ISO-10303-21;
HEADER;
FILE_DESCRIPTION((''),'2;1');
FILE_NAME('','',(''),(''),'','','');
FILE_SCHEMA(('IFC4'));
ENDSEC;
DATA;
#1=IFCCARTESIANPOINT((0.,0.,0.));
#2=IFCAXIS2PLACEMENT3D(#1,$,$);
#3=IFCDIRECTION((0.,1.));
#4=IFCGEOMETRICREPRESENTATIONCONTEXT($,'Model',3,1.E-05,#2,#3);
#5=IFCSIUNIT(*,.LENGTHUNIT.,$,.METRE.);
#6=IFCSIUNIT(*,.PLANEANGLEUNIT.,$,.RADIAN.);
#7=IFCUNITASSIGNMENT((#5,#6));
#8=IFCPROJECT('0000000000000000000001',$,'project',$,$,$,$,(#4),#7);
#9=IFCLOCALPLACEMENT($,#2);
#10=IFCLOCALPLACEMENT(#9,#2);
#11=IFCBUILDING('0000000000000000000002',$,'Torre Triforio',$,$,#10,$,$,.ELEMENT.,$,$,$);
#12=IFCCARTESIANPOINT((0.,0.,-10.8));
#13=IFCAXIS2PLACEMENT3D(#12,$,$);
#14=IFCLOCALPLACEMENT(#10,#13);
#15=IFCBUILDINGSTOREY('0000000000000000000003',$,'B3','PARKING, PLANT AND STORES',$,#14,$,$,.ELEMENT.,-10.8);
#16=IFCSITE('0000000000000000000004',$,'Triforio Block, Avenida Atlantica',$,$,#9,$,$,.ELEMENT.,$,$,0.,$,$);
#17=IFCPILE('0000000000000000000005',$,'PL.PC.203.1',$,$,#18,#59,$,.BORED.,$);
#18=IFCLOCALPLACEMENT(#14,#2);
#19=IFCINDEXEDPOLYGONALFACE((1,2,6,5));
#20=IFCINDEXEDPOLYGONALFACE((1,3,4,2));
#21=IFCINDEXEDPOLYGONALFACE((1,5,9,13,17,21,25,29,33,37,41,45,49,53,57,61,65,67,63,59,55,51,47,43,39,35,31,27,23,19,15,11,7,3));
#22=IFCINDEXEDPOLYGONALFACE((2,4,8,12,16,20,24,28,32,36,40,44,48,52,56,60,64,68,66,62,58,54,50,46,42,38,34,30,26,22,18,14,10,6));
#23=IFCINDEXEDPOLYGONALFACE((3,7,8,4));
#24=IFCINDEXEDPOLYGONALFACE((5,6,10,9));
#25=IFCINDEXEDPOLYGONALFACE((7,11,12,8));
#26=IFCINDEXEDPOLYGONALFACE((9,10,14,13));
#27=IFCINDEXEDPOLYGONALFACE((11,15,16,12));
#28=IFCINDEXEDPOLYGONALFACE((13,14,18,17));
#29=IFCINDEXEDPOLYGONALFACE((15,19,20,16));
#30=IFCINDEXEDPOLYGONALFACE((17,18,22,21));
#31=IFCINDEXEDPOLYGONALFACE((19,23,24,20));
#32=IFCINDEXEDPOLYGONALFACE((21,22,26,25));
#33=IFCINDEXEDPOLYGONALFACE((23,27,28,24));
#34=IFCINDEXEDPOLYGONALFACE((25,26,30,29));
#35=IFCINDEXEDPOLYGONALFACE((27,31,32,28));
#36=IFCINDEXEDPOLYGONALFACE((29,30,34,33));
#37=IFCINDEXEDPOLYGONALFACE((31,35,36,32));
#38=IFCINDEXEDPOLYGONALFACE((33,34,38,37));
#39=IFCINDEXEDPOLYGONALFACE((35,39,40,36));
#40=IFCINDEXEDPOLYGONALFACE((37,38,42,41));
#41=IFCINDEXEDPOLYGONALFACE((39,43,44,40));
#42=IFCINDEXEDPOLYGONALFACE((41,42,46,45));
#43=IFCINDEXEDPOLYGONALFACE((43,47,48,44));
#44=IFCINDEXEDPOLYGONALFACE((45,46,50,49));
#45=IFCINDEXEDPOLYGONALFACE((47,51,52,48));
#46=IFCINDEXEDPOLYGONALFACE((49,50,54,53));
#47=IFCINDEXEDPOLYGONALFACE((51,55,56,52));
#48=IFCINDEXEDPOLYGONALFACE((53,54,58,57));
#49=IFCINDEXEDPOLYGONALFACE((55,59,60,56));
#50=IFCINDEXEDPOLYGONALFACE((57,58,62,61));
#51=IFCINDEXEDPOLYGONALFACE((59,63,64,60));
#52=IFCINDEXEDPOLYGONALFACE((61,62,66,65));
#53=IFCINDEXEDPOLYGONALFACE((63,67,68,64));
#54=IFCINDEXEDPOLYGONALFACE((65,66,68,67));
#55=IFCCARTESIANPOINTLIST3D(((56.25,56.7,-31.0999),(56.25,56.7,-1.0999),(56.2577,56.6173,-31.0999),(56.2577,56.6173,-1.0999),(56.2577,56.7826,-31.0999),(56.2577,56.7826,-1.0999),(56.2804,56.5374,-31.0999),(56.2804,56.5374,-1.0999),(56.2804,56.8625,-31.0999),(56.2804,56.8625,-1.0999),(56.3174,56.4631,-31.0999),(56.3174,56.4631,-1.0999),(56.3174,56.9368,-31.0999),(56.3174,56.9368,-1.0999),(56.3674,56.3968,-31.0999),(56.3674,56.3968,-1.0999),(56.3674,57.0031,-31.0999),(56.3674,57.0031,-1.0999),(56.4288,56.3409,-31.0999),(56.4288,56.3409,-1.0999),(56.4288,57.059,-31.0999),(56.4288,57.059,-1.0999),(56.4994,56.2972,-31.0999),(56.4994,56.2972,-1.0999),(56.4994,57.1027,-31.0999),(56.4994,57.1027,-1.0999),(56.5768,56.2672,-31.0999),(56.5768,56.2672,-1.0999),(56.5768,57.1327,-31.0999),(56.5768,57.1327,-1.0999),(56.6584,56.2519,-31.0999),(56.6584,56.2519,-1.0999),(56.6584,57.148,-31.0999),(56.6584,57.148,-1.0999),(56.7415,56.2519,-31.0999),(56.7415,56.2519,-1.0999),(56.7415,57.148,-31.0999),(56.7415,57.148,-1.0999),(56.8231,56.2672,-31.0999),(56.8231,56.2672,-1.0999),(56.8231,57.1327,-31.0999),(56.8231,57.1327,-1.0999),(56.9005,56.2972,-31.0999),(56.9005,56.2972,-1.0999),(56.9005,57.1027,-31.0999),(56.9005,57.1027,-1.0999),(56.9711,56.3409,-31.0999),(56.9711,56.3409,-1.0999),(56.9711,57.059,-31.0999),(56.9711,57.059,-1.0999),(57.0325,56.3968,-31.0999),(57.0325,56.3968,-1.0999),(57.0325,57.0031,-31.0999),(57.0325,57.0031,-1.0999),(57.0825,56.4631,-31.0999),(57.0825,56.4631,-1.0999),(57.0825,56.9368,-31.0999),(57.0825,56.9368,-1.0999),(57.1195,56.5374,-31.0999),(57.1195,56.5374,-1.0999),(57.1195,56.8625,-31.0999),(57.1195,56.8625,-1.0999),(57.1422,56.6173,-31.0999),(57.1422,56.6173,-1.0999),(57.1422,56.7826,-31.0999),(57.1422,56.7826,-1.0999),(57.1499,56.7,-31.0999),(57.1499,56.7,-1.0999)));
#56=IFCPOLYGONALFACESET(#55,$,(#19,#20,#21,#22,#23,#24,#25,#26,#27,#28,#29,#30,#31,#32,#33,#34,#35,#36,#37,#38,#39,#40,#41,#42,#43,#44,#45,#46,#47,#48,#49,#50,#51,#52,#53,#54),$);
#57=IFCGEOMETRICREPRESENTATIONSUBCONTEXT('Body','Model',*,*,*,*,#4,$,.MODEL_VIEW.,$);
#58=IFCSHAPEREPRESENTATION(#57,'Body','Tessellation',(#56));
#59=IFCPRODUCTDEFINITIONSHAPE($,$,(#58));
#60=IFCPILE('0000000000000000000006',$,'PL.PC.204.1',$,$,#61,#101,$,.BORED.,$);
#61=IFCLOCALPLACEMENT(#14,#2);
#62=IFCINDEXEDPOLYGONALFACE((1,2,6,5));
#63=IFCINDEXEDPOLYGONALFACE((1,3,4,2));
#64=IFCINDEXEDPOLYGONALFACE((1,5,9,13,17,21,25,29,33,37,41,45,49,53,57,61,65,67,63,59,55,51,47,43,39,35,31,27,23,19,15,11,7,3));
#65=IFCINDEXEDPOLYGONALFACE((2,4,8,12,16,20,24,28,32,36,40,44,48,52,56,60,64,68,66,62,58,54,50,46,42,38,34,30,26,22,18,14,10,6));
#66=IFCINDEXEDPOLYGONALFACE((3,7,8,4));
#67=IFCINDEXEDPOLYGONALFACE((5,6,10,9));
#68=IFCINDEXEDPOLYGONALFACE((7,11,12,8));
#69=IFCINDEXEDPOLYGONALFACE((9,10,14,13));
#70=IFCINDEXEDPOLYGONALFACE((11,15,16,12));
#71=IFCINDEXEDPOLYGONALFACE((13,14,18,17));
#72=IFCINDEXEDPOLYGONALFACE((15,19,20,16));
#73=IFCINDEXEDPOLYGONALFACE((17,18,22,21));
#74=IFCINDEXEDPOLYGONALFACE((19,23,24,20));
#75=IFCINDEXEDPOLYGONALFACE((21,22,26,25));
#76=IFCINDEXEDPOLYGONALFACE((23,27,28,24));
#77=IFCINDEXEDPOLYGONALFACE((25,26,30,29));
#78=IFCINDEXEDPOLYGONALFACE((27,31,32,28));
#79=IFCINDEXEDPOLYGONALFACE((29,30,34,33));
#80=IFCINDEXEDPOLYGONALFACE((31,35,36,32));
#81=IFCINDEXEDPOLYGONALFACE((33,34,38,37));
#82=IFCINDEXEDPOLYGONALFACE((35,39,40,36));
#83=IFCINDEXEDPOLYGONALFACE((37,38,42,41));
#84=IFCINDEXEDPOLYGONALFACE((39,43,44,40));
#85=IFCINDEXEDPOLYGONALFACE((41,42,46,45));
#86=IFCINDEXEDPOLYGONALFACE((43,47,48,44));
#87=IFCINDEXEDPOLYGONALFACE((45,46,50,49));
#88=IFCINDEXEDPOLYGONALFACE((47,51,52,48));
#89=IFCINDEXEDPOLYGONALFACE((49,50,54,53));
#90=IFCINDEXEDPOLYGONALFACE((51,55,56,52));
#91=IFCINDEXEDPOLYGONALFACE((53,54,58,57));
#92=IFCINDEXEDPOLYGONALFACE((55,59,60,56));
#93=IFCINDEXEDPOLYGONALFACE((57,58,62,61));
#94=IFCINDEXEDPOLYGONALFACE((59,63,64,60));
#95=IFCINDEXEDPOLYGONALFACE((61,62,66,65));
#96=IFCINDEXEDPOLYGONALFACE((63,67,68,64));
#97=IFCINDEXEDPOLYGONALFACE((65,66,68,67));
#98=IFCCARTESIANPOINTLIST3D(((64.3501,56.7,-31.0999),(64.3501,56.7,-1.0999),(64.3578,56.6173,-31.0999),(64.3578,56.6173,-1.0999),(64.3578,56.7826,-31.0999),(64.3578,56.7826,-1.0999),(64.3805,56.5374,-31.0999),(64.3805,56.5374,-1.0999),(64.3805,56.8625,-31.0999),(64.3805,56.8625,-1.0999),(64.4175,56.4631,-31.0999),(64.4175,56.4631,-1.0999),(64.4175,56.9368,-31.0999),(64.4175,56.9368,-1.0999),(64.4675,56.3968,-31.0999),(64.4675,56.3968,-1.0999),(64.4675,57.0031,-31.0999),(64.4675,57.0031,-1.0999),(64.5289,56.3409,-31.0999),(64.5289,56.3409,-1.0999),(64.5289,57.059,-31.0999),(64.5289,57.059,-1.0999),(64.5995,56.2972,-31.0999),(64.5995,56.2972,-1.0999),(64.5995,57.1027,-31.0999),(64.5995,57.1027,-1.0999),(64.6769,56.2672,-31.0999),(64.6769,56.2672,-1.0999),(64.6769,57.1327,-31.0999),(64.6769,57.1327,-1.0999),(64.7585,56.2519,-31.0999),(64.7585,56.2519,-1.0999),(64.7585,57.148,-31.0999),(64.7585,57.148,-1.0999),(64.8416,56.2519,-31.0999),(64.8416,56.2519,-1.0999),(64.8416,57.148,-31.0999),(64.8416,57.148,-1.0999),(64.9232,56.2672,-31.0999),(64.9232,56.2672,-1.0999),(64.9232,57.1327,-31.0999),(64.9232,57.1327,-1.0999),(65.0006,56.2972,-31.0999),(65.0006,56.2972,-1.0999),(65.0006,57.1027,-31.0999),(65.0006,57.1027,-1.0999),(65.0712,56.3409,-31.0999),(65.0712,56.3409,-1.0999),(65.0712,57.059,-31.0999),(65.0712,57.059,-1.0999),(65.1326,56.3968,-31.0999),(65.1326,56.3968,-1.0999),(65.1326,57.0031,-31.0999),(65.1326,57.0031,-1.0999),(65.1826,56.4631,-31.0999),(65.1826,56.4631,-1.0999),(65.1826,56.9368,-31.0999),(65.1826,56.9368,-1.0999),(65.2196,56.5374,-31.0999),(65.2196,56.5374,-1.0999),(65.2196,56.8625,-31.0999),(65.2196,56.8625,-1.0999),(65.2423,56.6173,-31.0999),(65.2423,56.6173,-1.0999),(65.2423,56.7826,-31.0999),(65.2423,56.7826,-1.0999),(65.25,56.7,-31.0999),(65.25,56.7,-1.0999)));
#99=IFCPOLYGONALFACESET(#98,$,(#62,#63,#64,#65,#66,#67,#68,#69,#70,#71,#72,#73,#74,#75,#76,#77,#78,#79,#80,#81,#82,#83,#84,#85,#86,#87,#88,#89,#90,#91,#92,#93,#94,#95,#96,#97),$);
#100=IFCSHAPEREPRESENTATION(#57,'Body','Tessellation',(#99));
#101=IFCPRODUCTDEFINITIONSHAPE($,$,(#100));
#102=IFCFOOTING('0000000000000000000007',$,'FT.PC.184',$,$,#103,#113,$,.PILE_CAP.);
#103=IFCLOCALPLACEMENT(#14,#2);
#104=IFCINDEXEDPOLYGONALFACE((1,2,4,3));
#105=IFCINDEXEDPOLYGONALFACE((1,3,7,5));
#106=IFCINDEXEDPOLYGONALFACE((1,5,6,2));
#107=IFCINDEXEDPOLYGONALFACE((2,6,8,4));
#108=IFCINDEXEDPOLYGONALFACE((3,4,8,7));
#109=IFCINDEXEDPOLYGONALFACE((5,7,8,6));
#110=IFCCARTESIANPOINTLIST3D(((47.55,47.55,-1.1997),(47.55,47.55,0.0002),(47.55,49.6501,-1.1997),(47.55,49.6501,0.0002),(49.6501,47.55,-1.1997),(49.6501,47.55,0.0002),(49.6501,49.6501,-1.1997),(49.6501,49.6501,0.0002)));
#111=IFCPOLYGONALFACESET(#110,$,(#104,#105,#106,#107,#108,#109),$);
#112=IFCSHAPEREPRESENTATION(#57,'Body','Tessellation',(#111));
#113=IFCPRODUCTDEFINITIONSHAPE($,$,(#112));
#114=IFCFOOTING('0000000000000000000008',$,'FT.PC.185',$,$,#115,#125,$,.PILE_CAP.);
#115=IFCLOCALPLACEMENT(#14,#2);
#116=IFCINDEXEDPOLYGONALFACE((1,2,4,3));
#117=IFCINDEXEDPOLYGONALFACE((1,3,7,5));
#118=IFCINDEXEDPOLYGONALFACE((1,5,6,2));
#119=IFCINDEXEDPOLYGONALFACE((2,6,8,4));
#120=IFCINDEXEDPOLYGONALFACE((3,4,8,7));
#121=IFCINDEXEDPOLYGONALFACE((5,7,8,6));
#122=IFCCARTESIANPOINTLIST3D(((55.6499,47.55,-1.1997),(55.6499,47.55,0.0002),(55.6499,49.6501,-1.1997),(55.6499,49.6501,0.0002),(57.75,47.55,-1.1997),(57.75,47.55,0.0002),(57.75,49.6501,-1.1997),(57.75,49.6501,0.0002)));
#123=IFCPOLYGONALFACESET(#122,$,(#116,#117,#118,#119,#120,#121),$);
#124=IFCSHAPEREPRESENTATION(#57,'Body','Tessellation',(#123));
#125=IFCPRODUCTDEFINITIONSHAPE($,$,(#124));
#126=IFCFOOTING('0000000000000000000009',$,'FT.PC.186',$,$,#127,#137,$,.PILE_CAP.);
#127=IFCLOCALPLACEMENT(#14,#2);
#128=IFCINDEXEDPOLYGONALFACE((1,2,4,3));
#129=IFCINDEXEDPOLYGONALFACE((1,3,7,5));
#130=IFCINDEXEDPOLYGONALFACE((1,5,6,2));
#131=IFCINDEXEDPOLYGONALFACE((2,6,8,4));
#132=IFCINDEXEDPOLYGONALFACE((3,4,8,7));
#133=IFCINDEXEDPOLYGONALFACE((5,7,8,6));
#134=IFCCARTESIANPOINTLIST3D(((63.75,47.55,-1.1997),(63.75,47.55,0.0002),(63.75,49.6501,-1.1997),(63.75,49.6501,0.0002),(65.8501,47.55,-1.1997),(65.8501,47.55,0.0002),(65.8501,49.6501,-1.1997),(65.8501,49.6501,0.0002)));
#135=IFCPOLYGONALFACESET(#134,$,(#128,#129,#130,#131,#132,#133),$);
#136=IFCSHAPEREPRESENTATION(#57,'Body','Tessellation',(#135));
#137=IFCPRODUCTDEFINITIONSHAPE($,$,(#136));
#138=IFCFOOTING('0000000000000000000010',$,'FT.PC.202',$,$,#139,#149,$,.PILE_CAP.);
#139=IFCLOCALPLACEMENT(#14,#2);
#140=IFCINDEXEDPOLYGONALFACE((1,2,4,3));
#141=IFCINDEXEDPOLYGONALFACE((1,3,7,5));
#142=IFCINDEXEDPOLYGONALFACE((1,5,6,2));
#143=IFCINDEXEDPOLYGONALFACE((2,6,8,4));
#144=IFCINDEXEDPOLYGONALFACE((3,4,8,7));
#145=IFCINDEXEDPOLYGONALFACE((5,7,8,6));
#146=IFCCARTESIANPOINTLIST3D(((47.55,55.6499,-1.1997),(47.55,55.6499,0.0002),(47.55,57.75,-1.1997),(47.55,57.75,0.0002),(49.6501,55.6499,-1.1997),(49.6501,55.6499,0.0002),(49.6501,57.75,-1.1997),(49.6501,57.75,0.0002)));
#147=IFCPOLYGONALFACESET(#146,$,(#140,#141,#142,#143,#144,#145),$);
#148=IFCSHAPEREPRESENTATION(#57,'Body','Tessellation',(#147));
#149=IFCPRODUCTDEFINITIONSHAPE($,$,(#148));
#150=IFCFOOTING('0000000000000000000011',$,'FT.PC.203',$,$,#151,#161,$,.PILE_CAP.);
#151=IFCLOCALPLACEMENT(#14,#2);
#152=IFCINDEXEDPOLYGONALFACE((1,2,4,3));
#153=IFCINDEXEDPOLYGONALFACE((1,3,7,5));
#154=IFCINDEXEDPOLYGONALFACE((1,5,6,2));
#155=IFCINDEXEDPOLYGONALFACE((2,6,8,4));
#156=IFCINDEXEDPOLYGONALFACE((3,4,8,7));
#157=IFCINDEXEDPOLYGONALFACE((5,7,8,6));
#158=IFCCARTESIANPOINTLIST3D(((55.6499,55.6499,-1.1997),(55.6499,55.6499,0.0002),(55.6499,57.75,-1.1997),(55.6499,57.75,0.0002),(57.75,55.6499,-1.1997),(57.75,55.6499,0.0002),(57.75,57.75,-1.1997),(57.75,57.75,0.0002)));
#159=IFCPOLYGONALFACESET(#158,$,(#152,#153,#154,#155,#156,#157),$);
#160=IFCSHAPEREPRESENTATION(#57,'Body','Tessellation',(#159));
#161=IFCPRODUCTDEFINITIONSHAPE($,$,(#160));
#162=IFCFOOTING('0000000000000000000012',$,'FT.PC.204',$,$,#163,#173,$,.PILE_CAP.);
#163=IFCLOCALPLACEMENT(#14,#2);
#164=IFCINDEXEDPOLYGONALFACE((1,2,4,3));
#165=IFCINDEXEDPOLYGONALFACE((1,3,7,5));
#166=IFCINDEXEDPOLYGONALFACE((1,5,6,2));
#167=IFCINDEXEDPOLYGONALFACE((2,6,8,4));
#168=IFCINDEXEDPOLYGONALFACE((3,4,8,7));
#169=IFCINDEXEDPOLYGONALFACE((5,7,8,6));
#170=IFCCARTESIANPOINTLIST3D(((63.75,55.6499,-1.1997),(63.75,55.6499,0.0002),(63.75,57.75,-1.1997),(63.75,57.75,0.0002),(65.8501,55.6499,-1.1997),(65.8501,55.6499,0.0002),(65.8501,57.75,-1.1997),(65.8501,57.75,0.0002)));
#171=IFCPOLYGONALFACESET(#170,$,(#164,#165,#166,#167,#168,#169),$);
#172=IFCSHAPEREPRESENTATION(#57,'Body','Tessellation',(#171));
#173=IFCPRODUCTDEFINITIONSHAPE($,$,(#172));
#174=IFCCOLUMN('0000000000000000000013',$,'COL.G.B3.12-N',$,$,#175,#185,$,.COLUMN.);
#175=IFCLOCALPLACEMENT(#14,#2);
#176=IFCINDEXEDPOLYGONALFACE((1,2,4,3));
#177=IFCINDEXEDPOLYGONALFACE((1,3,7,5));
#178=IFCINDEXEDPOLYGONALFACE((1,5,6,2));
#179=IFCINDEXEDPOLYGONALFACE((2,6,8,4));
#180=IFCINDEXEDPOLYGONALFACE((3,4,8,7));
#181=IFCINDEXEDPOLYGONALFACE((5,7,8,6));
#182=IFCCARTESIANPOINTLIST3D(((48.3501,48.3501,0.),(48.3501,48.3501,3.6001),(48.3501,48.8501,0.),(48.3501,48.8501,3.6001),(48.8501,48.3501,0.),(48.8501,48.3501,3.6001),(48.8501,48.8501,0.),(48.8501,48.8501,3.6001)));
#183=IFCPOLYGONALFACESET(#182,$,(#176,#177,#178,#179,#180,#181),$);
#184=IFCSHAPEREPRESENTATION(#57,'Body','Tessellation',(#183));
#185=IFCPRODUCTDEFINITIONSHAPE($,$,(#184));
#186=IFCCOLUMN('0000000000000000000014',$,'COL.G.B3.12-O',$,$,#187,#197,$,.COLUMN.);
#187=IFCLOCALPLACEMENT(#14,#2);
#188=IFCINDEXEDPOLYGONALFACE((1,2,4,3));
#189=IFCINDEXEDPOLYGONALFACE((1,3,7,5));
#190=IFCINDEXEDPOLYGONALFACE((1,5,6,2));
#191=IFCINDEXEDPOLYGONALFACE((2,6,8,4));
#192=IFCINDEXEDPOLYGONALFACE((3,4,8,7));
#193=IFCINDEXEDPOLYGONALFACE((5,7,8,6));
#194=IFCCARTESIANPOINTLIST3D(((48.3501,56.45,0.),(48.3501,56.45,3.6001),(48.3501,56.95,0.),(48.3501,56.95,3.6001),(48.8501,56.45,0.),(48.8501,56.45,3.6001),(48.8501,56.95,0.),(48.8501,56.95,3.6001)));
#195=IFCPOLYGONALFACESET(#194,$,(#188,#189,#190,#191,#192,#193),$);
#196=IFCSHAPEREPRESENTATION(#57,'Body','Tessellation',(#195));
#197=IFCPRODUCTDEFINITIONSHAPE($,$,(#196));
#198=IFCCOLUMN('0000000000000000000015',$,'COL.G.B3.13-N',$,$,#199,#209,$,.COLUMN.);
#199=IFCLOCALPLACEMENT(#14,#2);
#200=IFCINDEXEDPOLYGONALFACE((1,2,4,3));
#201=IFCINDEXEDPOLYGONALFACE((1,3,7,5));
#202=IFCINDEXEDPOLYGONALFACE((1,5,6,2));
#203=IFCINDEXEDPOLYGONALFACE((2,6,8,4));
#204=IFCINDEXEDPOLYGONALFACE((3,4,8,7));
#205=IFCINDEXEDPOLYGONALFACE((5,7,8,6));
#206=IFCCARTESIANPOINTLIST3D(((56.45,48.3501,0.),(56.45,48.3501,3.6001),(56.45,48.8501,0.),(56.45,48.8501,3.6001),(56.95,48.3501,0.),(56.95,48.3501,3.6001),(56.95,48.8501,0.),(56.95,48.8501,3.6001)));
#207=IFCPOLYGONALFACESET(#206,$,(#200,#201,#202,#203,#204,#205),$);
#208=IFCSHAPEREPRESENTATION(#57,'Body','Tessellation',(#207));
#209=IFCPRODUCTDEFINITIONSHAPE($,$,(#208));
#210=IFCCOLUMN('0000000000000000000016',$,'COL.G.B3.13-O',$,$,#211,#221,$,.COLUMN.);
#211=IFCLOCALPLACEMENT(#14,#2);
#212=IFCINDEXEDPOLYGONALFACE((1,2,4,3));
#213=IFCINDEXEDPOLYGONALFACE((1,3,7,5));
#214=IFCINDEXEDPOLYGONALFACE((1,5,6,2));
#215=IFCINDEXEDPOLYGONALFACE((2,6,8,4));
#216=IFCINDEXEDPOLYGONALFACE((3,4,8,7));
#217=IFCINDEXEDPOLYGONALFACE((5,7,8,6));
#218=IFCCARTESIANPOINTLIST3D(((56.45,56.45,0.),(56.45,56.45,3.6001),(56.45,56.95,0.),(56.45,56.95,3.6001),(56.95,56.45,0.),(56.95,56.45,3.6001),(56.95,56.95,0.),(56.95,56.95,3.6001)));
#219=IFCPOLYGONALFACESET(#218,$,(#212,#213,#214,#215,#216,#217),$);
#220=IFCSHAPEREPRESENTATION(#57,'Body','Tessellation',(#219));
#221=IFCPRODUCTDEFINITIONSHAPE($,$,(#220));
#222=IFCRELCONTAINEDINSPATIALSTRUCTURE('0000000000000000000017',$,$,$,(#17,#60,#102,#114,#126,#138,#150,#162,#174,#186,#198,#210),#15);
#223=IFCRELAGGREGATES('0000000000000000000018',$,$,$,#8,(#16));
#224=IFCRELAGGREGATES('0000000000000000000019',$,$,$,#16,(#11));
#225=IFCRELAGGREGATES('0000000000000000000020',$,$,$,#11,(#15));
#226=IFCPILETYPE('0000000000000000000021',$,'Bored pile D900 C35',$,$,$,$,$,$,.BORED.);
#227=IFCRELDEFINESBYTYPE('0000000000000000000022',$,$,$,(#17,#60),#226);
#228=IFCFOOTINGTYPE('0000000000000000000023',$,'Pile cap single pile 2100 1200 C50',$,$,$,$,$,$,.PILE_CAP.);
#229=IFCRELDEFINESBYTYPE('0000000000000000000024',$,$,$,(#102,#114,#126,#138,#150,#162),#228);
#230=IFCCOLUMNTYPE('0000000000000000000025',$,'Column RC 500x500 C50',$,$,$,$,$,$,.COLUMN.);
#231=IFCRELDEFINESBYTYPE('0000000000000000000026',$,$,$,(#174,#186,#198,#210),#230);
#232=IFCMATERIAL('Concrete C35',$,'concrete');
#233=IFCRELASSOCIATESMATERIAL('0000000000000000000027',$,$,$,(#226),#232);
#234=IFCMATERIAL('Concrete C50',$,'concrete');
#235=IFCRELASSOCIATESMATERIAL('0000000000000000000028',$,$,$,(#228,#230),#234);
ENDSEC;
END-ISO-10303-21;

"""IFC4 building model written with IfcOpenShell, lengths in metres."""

from ifc_helpers import new_model, si_unit, direction, frame, origin, origin_2d, place, context, subcontext, project, spatial, rectangle, circle, extrude, material, material_profile, profile_set, type_object, element, save


model = new_model("IFC4")

# Units and contexts
model_context = context("Model", 3, precision=1e-05, world=origin(), true_north=direction((0.0, 1.0)))
body_context = subcontext(model_context, "Body", "Model", "MODEL_VIEW")
ifc_project = project(units=[si_unit("LENGTHUNIT", "METRE"), si_unit("PLANEANGLEUNIT", "RADIAN")], contexts=[model_context])

# Site, building, storey
site_placement = place(None, origin())
site = spatial("IfcSite", under=ifc_project, at=site_placement, Name="Triforio Block, Avenida Atlantica", CompositionType="ELEMENT", RefElevation=0.0)
building_placement = place(site_placement, origin())
building = spatial("IfcBuilding", under=site, at=building_placement, Name="Torre Triforio", CompositionType="ELEMENT")
storey_placement = place(building_placement, frame((0.0, 0.0, -10.8)))
storey = spatial("IfcBuildingStorey", under=building, at=storey_placement, Name="B3", Description="PARKING, PLANT AND STORES", CompositionType="ELEMENT", Elevation=-10.8)

# Piles
ifc_material_1 = material(Name="Concrete C35", Category="concrete")
ifc_material_profile_1 = material_profile(ifc_material_1, circle(Radius=0.45, at=origin_2d()), Name="RC D900")
ifc_profile_set_1 = profile_set([ifc_material_profile_1], Name="Concrete C35")
pile_type = type_object("IfcPileType", Name="Bored pile D900 C35", PredefinedType="BORED", material=ifc_profile_set_1)
for number, where, z_axis, x_axis, name in (
    (1, (56.7, 56.7, -1.0999), (0.0, 0.0, -1.0), (1.0, 0.0, 0.0), "PL.PC.203.1"),
    (2, (64.8, 56.7, -1.0999), (0.0, 0.0, -1.0), (1.0, 0.0, 0.0), "PL.PC.204.1"),
):
    element("IfcPile", number, at=place(storey_placement, frame(where, z_axis=z_axis, x_axis=x_axis)), inside=storey, type_object=pile_type, Name=name, PredefinedType="BORED", context=body_context, shape_type="SweptSolid", body=[
        extrude(circle(Radius=0.45, at=origin_2d()), origin(), (0.0, 0.0, 1.0), 30.0),
    ])

# Footings
ifc_material_2 = material(Name="Concrete C50", Category="concrete")
footing_type = type_object("IfcFootingType", Name="Pile cap single pile 2100 1200 C50", PredefinedType="PILE_CAP", material=ifc_material_2)
for number, where, z_axis, x_axis, name in (
    (3, (48.6001, 48.6001, -1.1997), (0.0, 0.0, 1.0), (1.0, 0.0, 0.0), "FT.PC.184"),
    (4, (56.7, 48.6001, -1.1997), (0.0, 0.0, 1.0), (1.0, 0.0, 0.0), "FT.PC.185"),
    (5, (64.8, 48.6001, -1.1997), (0.0, 0.0, 1.0), (1.0, 0.0, 0.0), "FT.PC.186"),
    (6, (48.6001, 56.7, -1.1997), (0.0, 0.0, 1.0), (1.0, 0.0, 0.0), "FT.PC.202"),
    (7, (56.7, 56.7, -1.1997), (0.0, 0.0, 1.0), (1.0, 0.0, 0.0), "FT.PC.203"),
    (8, (64.8, 56.7, -1.1997), (0.0, 0.0, 1.0), (1.0, 0.0, 0.0), "FT.PC.204"),
):
    element("IfcFooting", number, at=place(storey_placement, frame(where, z_axis=z_axis, x_axis=x_axis)), inside=storey, type_object=footing_type, Name=name, PredefinedType="PILE_CAP", context=body_context, shape_type="SweptSolid", body=[
        extrude(rectangle(XDim=2.1001, YDim=2.1001, at=origin_2d()), origin(), (0.0, 0.0, 1.0), 1.2),
    ])

# Columns
ifc_material_profile_2 = material_profile(ifc_material_2, rectangle(XDim=0.5, YDim=0.5, at=origin_2d()), Name="RC 500x500")
ifc_profile_set_2 = profile_set([ifc_material_profile_2], Name="Concrete C50")
column_type = type_object("IfcColumnType", Name="Column RC 500x500 C50", PredefinedType="COLUMN", material=ifc_profile_set_2)
for number, where, z_axis, x_axis, name in (
    (9, (48.6001, 48.6001, 0.0), (0.0, 0.0, 1.0), (1.0, 0.0, 0.0), "COL.G.B3.12-N"),
    (10, (48.6001, 56.7, 0.0), (0.0, 0.0, 1.0), (1.0, 0.0, 0.0), "COL.G.B3.12-O"),
    (11, (56.7, 48.6001, 0.0), (0.0, 0.0, 1.0), (1.0, 0.0, 0.0), "COL.G.B3.13-N"),
    (12, (56.7, 56.7, 0.0), (0.0, 0.0, 1.0), (1.0, 0.0, 0.0), "COL.G.B3.13-O"),
):
    element("IfcColumn", number, at=place(storey_placement, frame(where, z_axis=z_axis, x_axis=x_axis)), inside=storey, type_object=column_type, Name=name, PredefinedType="COLUMN", context=body_context, shape_type="SweptSolid", body=[
        extrude(rectangle(XDim=0.5, YDim=0.5, at=origin_2d()), origin(), (0.0, 0.0, 1.0), 3.6001),
    ])

save(model, "model.ifc")
